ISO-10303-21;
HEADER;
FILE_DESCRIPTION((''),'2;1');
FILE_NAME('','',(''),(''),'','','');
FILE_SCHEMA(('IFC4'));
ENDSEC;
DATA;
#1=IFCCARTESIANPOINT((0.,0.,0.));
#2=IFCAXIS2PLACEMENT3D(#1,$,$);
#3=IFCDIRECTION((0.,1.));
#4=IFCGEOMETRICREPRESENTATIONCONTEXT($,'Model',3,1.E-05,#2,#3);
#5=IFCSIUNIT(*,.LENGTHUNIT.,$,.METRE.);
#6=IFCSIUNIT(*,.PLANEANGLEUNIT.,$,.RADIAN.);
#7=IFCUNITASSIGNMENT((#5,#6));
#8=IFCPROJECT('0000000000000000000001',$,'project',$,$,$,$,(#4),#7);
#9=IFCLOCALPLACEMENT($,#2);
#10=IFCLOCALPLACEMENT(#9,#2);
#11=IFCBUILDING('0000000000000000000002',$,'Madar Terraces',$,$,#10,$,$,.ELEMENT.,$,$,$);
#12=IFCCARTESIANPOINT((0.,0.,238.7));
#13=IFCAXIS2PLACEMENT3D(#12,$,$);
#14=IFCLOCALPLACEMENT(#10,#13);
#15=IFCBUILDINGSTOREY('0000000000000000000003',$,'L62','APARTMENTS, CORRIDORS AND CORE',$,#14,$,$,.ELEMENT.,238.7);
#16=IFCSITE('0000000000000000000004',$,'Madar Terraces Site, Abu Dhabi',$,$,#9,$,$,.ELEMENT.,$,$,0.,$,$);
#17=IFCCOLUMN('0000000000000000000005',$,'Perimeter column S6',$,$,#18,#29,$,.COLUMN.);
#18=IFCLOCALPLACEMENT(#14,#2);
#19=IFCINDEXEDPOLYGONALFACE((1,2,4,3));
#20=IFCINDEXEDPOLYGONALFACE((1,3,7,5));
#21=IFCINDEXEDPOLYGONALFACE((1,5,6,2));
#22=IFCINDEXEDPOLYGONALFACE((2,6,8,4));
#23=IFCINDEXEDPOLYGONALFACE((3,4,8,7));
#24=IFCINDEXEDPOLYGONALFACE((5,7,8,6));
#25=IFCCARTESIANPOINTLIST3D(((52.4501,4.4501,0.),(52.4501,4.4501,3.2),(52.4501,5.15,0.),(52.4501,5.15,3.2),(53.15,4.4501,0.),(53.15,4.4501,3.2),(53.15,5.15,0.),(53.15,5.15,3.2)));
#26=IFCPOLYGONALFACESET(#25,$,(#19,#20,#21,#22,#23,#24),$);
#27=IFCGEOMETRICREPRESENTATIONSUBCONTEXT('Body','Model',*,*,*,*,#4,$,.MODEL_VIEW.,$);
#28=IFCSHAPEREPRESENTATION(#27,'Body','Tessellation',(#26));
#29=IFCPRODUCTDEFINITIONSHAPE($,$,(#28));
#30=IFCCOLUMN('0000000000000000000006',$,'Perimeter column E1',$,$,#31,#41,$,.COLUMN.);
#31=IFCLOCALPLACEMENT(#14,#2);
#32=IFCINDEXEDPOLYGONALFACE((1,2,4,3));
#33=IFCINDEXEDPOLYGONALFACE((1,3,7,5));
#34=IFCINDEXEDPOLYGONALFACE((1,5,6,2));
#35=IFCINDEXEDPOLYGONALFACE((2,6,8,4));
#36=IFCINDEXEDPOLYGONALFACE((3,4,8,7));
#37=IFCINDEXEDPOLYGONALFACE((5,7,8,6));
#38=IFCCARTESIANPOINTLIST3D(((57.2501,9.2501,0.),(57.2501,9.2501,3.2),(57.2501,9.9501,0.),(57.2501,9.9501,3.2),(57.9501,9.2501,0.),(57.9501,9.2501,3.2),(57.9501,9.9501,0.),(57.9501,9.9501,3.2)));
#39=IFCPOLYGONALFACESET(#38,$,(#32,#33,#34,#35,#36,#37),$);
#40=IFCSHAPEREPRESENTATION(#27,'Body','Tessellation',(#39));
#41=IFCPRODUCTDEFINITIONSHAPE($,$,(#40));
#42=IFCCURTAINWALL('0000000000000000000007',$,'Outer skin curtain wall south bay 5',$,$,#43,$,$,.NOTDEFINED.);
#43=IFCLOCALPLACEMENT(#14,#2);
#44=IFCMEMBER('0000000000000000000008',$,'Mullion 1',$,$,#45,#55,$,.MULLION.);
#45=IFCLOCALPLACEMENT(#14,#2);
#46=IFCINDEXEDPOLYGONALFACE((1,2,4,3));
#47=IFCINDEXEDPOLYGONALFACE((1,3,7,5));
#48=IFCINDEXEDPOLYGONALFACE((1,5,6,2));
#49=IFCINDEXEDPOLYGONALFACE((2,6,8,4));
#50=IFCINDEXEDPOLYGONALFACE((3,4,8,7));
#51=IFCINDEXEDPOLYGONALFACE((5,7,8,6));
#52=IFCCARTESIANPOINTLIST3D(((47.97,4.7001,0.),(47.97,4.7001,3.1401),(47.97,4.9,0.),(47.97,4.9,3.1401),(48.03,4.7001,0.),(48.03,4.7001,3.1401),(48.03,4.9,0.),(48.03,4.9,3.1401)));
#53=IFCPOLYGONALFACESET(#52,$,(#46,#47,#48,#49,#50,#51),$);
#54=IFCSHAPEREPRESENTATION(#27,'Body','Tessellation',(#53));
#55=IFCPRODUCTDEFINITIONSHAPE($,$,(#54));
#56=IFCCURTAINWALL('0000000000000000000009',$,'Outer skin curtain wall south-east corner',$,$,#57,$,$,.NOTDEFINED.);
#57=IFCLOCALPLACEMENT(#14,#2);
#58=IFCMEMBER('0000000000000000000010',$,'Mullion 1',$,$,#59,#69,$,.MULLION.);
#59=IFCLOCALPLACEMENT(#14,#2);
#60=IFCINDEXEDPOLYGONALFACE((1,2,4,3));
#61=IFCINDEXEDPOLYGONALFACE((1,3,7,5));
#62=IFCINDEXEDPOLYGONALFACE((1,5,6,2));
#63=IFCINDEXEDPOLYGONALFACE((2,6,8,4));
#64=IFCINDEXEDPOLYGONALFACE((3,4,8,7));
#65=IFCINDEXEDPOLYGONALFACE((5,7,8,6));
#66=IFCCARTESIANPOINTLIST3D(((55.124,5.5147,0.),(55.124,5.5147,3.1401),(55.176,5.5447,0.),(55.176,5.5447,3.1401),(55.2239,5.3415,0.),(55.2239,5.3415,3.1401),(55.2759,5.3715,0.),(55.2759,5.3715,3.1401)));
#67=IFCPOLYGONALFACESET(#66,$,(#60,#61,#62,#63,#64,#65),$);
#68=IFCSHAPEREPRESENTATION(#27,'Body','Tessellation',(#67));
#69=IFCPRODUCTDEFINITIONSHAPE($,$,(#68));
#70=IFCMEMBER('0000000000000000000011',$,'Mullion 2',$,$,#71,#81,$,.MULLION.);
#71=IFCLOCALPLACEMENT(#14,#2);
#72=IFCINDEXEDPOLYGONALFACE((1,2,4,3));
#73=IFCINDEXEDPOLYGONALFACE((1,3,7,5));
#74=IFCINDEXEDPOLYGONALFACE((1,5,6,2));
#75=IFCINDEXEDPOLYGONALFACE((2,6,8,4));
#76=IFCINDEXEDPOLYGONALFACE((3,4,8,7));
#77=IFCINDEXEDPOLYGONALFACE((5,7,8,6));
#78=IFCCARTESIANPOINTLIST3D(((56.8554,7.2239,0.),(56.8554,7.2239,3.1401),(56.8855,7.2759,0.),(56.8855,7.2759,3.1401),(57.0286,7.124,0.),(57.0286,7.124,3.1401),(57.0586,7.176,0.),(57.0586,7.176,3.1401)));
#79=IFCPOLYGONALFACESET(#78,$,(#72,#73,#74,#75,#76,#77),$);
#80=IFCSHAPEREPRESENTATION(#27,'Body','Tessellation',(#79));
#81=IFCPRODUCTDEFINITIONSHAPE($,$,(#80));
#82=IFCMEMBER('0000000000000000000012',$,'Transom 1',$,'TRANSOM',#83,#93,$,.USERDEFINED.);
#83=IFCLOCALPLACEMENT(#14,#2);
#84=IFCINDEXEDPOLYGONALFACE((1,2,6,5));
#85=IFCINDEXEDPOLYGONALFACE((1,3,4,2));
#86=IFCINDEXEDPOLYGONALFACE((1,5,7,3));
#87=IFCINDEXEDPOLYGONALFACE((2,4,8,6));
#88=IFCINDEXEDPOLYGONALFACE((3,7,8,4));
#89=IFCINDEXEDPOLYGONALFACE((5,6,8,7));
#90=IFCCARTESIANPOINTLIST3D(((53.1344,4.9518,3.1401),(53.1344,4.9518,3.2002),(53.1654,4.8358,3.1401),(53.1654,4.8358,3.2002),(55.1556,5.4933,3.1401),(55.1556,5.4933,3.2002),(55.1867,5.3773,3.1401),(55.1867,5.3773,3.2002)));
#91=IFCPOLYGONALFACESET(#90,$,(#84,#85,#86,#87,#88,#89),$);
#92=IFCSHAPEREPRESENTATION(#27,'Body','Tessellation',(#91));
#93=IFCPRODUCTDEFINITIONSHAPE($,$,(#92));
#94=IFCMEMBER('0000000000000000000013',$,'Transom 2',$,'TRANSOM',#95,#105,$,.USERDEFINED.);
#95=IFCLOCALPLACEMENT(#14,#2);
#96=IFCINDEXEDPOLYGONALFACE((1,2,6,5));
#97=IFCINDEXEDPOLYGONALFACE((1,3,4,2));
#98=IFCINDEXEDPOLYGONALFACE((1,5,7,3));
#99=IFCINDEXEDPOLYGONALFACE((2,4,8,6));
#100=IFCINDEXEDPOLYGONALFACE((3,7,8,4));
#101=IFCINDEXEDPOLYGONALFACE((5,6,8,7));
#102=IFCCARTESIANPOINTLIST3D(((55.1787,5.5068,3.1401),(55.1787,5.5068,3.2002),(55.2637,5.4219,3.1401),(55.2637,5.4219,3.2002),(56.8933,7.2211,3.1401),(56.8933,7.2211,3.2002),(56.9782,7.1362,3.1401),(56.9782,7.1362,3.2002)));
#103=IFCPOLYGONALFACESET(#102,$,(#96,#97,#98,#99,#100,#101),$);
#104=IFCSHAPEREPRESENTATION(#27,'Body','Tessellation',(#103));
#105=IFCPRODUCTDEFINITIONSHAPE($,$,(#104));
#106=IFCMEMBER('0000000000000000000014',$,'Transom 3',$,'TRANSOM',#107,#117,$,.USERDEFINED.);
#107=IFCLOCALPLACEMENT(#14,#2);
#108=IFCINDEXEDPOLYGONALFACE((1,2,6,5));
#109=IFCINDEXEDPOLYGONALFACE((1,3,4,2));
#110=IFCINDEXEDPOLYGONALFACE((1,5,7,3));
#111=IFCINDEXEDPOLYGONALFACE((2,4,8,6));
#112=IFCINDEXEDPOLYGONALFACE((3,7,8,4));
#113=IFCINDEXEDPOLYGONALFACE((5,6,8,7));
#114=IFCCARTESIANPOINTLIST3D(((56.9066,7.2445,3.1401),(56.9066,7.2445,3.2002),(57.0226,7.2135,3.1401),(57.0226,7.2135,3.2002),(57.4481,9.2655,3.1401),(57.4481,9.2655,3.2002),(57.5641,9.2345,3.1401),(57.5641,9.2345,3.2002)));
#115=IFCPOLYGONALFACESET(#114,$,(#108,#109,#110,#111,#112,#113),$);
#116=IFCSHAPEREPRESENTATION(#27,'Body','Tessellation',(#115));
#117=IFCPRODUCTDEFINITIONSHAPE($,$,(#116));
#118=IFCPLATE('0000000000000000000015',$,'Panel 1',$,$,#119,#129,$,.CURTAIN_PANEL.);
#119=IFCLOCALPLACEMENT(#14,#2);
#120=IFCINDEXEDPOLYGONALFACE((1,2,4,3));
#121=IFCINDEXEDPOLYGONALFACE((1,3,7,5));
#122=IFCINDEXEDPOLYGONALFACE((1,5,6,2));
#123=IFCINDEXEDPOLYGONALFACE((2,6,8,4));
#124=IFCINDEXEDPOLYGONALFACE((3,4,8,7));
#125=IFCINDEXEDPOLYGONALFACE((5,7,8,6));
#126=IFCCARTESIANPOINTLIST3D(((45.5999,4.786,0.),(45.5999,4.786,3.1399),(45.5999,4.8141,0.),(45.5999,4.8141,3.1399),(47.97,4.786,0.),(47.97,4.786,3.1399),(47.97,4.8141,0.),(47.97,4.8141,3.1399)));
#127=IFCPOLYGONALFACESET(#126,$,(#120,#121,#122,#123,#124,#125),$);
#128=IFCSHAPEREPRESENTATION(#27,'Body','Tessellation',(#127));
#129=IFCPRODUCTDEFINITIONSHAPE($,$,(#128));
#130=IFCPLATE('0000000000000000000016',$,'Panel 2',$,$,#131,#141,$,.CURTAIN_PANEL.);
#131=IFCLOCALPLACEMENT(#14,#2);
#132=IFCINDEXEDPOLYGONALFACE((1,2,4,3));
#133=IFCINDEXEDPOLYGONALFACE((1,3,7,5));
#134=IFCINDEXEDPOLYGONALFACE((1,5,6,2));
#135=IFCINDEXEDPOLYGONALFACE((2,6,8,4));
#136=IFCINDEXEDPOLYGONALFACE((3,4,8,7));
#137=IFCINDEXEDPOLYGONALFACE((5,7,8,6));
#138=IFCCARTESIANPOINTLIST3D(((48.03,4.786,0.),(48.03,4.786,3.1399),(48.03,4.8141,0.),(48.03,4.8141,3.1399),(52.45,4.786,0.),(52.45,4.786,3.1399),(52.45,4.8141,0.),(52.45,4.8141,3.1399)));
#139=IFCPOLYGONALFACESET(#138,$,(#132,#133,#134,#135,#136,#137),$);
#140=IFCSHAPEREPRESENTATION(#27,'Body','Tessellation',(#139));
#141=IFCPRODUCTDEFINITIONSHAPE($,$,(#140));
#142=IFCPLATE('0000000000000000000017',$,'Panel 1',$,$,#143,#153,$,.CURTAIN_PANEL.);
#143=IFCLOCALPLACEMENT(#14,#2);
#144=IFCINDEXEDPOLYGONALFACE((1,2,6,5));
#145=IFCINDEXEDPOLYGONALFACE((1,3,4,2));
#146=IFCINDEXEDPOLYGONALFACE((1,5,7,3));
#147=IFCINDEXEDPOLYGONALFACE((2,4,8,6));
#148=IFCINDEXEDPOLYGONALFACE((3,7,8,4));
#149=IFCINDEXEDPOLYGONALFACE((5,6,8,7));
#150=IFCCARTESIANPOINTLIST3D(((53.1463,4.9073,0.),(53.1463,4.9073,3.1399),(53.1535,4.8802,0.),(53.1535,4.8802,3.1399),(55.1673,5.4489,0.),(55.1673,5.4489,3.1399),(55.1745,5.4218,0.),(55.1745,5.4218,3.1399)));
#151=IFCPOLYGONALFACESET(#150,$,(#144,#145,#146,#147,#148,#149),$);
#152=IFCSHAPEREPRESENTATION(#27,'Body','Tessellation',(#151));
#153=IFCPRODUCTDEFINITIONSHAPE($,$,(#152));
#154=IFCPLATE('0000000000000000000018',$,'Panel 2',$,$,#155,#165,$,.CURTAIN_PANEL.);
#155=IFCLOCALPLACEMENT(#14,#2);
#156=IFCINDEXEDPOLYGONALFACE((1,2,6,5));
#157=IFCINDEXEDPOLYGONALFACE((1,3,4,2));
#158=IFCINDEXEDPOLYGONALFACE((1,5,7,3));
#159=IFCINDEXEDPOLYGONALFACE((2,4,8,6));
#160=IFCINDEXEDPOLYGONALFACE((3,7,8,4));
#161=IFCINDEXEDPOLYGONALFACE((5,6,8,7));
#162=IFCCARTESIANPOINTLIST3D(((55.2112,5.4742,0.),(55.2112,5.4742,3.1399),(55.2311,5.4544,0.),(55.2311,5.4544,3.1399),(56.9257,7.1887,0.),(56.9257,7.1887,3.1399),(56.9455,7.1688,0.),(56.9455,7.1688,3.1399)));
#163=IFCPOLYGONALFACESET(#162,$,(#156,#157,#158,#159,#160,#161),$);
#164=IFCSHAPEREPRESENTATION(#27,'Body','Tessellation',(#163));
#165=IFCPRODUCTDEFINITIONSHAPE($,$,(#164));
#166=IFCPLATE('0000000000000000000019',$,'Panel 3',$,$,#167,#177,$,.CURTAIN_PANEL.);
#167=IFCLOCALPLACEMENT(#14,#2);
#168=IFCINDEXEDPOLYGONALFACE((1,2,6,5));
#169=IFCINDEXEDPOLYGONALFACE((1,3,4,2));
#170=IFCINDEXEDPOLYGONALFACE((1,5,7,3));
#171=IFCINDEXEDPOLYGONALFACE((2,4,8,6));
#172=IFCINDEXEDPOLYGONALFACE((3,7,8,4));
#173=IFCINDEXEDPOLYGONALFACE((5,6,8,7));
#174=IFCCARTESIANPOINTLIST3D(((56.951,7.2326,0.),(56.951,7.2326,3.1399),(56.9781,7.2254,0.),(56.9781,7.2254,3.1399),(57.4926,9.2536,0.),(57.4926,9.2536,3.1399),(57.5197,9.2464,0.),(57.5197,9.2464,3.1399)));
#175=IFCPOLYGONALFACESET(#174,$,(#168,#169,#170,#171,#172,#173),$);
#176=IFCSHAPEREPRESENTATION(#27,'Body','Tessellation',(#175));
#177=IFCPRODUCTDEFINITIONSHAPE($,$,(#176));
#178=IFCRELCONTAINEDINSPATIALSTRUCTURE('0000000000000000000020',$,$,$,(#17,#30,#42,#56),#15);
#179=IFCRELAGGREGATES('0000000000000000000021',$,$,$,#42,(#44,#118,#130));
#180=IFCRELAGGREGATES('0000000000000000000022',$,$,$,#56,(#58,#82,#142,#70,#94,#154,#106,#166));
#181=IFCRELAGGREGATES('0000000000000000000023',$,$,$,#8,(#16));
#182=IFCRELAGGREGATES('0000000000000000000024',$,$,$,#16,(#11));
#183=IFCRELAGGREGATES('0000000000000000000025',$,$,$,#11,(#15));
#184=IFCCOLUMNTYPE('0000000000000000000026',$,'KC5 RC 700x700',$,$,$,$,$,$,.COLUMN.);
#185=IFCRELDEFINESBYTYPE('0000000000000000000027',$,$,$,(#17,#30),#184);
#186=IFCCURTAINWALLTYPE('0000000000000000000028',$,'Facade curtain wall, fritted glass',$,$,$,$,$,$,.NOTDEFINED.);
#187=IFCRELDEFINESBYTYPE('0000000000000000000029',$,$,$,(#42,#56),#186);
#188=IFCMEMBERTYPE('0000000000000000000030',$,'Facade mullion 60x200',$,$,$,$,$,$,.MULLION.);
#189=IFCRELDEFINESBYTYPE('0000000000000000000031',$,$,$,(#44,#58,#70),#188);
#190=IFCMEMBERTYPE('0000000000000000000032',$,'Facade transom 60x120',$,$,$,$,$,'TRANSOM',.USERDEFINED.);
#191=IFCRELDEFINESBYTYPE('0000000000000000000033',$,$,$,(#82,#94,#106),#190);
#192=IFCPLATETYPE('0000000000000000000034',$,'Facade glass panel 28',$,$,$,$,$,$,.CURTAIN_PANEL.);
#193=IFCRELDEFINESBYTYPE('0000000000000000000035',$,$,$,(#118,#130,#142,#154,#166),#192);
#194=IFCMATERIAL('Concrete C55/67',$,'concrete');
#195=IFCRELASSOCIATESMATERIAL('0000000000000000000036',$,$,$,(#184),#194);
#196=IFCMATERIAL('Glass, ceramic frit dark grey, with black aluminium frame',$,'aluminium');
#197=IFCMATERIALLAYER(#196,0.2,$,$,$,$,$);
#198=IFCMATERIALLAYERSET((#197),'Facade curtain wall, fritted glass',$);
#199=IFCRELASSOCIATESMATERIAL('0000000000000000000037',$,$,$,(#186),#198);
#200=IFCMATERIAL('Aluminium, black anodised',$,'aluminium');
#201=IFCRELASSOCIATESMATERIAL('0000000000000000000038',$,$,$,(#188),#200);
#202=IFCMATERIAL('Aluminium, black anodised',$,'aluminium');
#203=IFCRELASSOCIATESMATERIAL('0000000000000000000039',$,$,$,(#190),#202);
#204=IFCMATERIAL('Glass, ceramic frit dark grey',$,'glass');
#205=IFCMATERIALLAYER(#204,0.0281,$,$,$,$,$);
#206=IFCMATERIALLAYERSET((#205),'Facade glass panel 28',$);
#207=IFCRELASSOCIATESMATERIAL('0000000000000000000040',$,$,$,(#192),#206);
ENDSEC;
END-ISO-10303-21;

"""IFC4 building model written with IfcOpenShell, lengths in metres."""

from ifc_helpers import new_model, si_unit, direction, frame, origin, origin_2d, place, context, subcontext, project, spatial, rectangle, extrude, material, layer, layer_set, material_profile, profile_set, type_object, element, aggregate, save


model = new_model("IFC4")

# Units and contexts
model_context = context("Model", 3, precision=1e-05, world=origin(), true_north=direction((0.0, 1.0)))
body_context = subcontext(model_context, "Body", "Model", "MODEL_VIEW")
ifc_project = project(units=[si_unit("LENGTHUNIT", "METRE"), si_unit("PLANEANGLEUNIT", "RADIAN")], contexts=[model_context])

# Site, building, storey
site_placement = place(None, origin())
site = spatial("IfcSite", under=ifc_project, at=site_placement, Name="Madar Terraces Site, Abu Dhabi", CompositionType="ELEMENT", RefElevation=0.0)
building_placement = place(site_placement, origin())
building = spatial("IfcBuilding", under=site, at=building_placement, Name="Madar Terraces", CompositionType="ELEMENT")
storey_placement = place(building_placement, frame((0.0, 0.0, 238.7)))
storey = spatial("IfcBuildingStorey", under=building, at=storey_placement, Name="L62", Description="APARTMENTS, CORRIDORS AND CORE", CompositionType="ELEMENT", Elevation=238.7)

# Columns
ifc_material_1 = material(Name="Concrete C55/67", Category="concrete")
ifc_material_profile_1 = material_profile(ifc_material_1, rectangle(XDim=0.7, YDim=0.7, at=origin_2d()), Name="KC5 RC 700x700")
ifc_profile_set_1 = profile_set([ifc_material_profile_1], Name="Concrete C55/67")
column_type = type_object("IfcColumnType", Name="KC5 RC 700x700", PredefinedType="COLUMN", material=ifc_profile_set_1)
for number, where, z_axis, x_axis, name in (
    (1, (52.8, 4.8, 0.0), (0.0, 0.0, 1.0), (1.0, 0.0, 0.0), "Perimeter column S6"),
    (2, (57.6001, 9.6001, 0.0), (0.0, 0.0, 1.0), (1.0, 0.0, 0.0), "Perimeter column E1"),
):
    element("IfcColumn", number, at=place(storey_placement, frame(where, z_axis=z_axis, x_axis=x_axis)), inside=storey, type_object=column_type, Name=name, PredefinedType="COLUMN", context=body_context, shape_type="SweptSolid", body=[
        extrude(rectangle(XDim=0.7, YDim=0.7, at=origin_2d()), origin(), (0.0, 0.0, 1.0), 3.2),
    ])

# Curtain wall, member
ifc_material_2 = material(Name="Glass, ceramic frit dark grey, with black aluminium frame", Category="aluminium")
ifc_layer_1 = layer(ifc_material_2, 0.2)
ifc_layer_set_1 = layer_set([ifc_layer_1], Name="Facade curtain wall, fritted glass")
curtain_wall_type = type_object("IfcCurtainWallType", Name="Facade curtain wall, fritted glass", PredefinedType="NOTDEFINED", material=ifc_layer_set_1)
curtain_wall_1_placement = place(storey_placement, origin())
curtain_wall_1 = element("IfcCurtainWall", 3, at=curtain_wall_1_placement, inside=storey, type_object=curtain_wall_type, Name="Outer skin curtain wall south bay 5", PredefinedType="NOTDEFINED")
ifc_material_3 = material(Name="Aluminium, black anodised", Category="aluminium")
ifc_material_profile_2 = material_profile(ifc_material_3, rectangle(XDim=0.2, YDim=0.0601, at=origin_2d()), Name="Facade mullion 60x200")
ifc_profile_set_2 = profile_set([ifc_material_profile_2], Name="Aluminium, black anodised")
member_type_1 = type_object("IfcMemberType", Name="Facade mullion 60x200", PredefinedType="MULLION", material=ifc_profile_set_2)
member_1_placement = place(storey_placement, frame((48.0, 4.8, 0.0), z_axis=(0.0, 0.0, 1.0), x_axis=(0.0, 1.0, 0.0)))
member_1 = element("IfcMember", 4, at=member_1_placement, type_object=member_type_1, Name="Mullion 1", PredefinedType="MULLION", context=body_context, shape_type="SweptSolid", body=[
    extrude(rectangle(XDim=0.2, YDim=0.0601, at=origin_2d()), origin(), (0.0, 0.0, 1.0), 3.1401),
])

# Curtain wall, members
curtain_wall_2_placement = place(storey_placement, origin())
curtain_wall_2 = element("IfcCurtainWall", 5, at=curtain_wall_2_placement, inside=storey, type_object=curtain_wall_type, Name="Outer skin curtain wall south-east corner", PredefinedType="NOTDEFINED")
member_2_placement = place(storey_placement, frame((55.2, 5.4431, 0.0), z_axis=(0.0, 0.0, 1.0), x_axis=(-0.5, 0.866025, 0.0)))
member_2 = element("IfcMember", 6, at=member_2_placement, type_object=member_type_1, Name="Mullion 1", PredefinedType="MULLION", context=body_context, shape_type="SweptSolid", body=[
    extrude(rectangle(XDim=0.2, YDim=0.0601, at=origin_2d()), origin(), (0.0, 0.0, 1.0), 3.1401),
])
member_3_placement = place(storey_placement, frame((56.957, 7.2, 0.0), z_axis=(0.0, 0.0, 1.0), x_axis=(-0.866025, 0.5, 0.0)))
member_3 = element("IfcMember", 7, at=member_3_placement, type_object=member_type_1, Name="Mullion 2", PredefinedType="MULLION", context=body_context, shape_type="SweptSolid", body=[
    extrude(rectangle(XDim=0.2, YDim=0.0601, at=origin_2d()), origin(), (0.0, 0.0, 1.0), 3.1401),
])
ifc_material_4 = material(Name="Aluminium, black anodised", Category="aluminium")
ifc_material_profile_3 = material_profile(ifc_material_4, rectangle(XDim=0.1201, YDim=0.0601, at=origin_2d()), Name="Facade transom 60x120")
ifc_profile_set_3 = profile_set([ifc_material_profile_3], Name="Aluminium, black anodised")
member_type_2 = type_object("IfcMemberType", Name="Facade transom 60x120", ElementType="TRANSOM", PredefinedType="USERDEFINED", material=ifc_profile_set_3)
member_4_placement = place(storey_placement, frame((53.1499, 4.8938, 3.1702), z_axis=(0.965936, 0.258781, 0.0), x_axis=(-0.258781, 0.965936, 0.0)))
member_4 = element("IfcMember", 8, at=member_4_placement, type_object=member_type_2, Name="Transom 1", ObjectType="TRANSOM", PredefinedType="USERDEFINED", context=body_context, shape_type="SweptSolid", body=[
    extrude(rectangle(XDim=0.1201, YDim=0.0601, at=origin_2d()), origin(), (0.0, 0.0, 1.0), 2.0925),
])
member_5_placement = place(storey_placement, frame((55.2212, 5.4644, 3.1702), z_axis=(0.707157, 0.707056, 0.0), x_axis=(-0.707056, 0.707157, 0.0)))
member_5 = element("IfcMember", 9, at=member_5_placement, type_object=member_type_2, Name="Transom 2", ObjectType="TRANSOM", PredefinedType="USERDEFINED", context=body_context, shape_type="SweptSolid", body=[
    extrude(rectangle(XDim=0.1201, YDim=0.0601, at=origin_2d()), origin(), (0.0, 0.0, 1.0), 2.4246),
])
member_6_placement = place(storey_placement, frame((56.9646, 7.229, 3.1702), z_axis=(0.25881, 0.965928, 0.0), x_axis=(-0.965928, 0.25881, 0.0)))
member_6 = element("IfcMember", 10, at=member_6_placement, type_object=member_type_2, Name="Transom 3", ObjectType="TRANSOM", PredefinedType="USERDEFINED", context=body_context, shape_type="SweptSolid", body=[
    extrude(rectangle(XDim=0.1201, YDim=0.0601, at=origin_2d()), origin(), (0.0, 0.0, 1.0), 2.0923),
])

# Plates
ifc_material_5 = material(Name="Glass, ceramic frit dark grey", Category="glass")
ifc_layer_2 = layer(ifc_material_5, 0.0281)
ifc_layer_set_2 = layer_set([ifc_layer_2], Name="Facade glass panel 28")
plate_type = type_object("IfcPlateType", Name="Facade glass panel 28", PredefinedType="CURTAIN_PANEL", material=ifc_layer_set_2)
plate_1_placement = place(storey_placement, frame((46.7849, 4.8, 0.0), z_axis=(0.0, 0.0, 1.0), x_axis=(1.0, 0.0, 0.0)))
plate_1 = element("IfcPlate", 11, at=plate_1_placement, type_object=plate_type, Name="Panel 1", PredefinedType="CURTAIN_PANEL", context=body_context, shape_type="SweptSolid", body=[
    extrude(rectangle(XDim=2.3701, YDim=0.0281, at=origin_2d()), origin(), (0.0, 0.0, 1.0), 3.1399),
])
plate_2_placement = place(storey_placement, frame((50.24, 4.8, 0.0), z_axis=(0.0, 0.0, 1.0), x_axis=(1.0, 0.0, 0.0)))
plate_2 = element("IfcPlate", 12, at=plate_2_placement, type_object=plate_type, Name="Panel 2", PredefinedType="CURTAIN_PANEL", context=body_context, shape_type="SweptSolid", body=[
    extrude(rectangle(XDim=4.4199, YDim=0.0281, at=origin_2d()), origin(), (0.0, 0.0, 1.0), 3.1399),
])
aggregate(curtain_wall_1, [member_1, plate_1, plate_2])
plate_3_placement = place(storey_placement, frame((54.1604, 5.1646, 0.0), z_axis=(0.0, 0.0, 1.0), x_axis=(0.965926, 0.258819, 0.0)))
plate_3 = element("IfcPlate", 13, at=plate_3_placement, type_object=plate_type, Name="Panel 1", PredefinedType="CURTAIN_PANEL", context=body_context, shape_type="SweptSolid", body=[
    extrude(rectangle(XDim=2.0923, YDim=0.0281, at=origin_2d()), origin(), (0.0, 0.0, 1.0), 3.1399),
])
plate_4_placement = place(storey_placement, frame((56.0784, 6.3215, 0.0), z_axis=(0.0, 0.0, 1.0), x_axis=(0.707107, 0.707107, 0.0)))
plate_4 = element("IfcPlate", 14, at=plate_4_placement, type_object=plate_type, Name="Panel 2", PredefinedType="CURTAIN_PANEL", context=body_context, shape_type="SweptSolid", body=[
    extrude(rectangle(XDim=2.4246, YDim=0.0281, at=origin_2d()), origin(), (0.0, 0.0, 1.0), 3.1399),
])
plate_5_placement = place(storey_placement, frame((57.2354, 8.2395, 0.0), z_axis=(0.0, 0.0, 1.0), x_axis=(0.258819, 0.965926, 0.0)))
plate_5 = element("IfcPlate", 15, at=plate_5_placement, type_object=plate_type, Name="Panel 3", PredefinedType="CURTAIN_PANEL", context=body_context, shape_type="SweptSolid", body=[
    extrude(rectangle(XDim=2.0923, YDim=0.0281, at=origin_2d()), origin(), (0.0, 0.0, 1.0), 3.1399),
])
aggregate(curtain_wall_2, [member_2, member_4, plate_3, member_3, member_5, plate_4, member_6, plate_5])

save(model, "model.ifc")
